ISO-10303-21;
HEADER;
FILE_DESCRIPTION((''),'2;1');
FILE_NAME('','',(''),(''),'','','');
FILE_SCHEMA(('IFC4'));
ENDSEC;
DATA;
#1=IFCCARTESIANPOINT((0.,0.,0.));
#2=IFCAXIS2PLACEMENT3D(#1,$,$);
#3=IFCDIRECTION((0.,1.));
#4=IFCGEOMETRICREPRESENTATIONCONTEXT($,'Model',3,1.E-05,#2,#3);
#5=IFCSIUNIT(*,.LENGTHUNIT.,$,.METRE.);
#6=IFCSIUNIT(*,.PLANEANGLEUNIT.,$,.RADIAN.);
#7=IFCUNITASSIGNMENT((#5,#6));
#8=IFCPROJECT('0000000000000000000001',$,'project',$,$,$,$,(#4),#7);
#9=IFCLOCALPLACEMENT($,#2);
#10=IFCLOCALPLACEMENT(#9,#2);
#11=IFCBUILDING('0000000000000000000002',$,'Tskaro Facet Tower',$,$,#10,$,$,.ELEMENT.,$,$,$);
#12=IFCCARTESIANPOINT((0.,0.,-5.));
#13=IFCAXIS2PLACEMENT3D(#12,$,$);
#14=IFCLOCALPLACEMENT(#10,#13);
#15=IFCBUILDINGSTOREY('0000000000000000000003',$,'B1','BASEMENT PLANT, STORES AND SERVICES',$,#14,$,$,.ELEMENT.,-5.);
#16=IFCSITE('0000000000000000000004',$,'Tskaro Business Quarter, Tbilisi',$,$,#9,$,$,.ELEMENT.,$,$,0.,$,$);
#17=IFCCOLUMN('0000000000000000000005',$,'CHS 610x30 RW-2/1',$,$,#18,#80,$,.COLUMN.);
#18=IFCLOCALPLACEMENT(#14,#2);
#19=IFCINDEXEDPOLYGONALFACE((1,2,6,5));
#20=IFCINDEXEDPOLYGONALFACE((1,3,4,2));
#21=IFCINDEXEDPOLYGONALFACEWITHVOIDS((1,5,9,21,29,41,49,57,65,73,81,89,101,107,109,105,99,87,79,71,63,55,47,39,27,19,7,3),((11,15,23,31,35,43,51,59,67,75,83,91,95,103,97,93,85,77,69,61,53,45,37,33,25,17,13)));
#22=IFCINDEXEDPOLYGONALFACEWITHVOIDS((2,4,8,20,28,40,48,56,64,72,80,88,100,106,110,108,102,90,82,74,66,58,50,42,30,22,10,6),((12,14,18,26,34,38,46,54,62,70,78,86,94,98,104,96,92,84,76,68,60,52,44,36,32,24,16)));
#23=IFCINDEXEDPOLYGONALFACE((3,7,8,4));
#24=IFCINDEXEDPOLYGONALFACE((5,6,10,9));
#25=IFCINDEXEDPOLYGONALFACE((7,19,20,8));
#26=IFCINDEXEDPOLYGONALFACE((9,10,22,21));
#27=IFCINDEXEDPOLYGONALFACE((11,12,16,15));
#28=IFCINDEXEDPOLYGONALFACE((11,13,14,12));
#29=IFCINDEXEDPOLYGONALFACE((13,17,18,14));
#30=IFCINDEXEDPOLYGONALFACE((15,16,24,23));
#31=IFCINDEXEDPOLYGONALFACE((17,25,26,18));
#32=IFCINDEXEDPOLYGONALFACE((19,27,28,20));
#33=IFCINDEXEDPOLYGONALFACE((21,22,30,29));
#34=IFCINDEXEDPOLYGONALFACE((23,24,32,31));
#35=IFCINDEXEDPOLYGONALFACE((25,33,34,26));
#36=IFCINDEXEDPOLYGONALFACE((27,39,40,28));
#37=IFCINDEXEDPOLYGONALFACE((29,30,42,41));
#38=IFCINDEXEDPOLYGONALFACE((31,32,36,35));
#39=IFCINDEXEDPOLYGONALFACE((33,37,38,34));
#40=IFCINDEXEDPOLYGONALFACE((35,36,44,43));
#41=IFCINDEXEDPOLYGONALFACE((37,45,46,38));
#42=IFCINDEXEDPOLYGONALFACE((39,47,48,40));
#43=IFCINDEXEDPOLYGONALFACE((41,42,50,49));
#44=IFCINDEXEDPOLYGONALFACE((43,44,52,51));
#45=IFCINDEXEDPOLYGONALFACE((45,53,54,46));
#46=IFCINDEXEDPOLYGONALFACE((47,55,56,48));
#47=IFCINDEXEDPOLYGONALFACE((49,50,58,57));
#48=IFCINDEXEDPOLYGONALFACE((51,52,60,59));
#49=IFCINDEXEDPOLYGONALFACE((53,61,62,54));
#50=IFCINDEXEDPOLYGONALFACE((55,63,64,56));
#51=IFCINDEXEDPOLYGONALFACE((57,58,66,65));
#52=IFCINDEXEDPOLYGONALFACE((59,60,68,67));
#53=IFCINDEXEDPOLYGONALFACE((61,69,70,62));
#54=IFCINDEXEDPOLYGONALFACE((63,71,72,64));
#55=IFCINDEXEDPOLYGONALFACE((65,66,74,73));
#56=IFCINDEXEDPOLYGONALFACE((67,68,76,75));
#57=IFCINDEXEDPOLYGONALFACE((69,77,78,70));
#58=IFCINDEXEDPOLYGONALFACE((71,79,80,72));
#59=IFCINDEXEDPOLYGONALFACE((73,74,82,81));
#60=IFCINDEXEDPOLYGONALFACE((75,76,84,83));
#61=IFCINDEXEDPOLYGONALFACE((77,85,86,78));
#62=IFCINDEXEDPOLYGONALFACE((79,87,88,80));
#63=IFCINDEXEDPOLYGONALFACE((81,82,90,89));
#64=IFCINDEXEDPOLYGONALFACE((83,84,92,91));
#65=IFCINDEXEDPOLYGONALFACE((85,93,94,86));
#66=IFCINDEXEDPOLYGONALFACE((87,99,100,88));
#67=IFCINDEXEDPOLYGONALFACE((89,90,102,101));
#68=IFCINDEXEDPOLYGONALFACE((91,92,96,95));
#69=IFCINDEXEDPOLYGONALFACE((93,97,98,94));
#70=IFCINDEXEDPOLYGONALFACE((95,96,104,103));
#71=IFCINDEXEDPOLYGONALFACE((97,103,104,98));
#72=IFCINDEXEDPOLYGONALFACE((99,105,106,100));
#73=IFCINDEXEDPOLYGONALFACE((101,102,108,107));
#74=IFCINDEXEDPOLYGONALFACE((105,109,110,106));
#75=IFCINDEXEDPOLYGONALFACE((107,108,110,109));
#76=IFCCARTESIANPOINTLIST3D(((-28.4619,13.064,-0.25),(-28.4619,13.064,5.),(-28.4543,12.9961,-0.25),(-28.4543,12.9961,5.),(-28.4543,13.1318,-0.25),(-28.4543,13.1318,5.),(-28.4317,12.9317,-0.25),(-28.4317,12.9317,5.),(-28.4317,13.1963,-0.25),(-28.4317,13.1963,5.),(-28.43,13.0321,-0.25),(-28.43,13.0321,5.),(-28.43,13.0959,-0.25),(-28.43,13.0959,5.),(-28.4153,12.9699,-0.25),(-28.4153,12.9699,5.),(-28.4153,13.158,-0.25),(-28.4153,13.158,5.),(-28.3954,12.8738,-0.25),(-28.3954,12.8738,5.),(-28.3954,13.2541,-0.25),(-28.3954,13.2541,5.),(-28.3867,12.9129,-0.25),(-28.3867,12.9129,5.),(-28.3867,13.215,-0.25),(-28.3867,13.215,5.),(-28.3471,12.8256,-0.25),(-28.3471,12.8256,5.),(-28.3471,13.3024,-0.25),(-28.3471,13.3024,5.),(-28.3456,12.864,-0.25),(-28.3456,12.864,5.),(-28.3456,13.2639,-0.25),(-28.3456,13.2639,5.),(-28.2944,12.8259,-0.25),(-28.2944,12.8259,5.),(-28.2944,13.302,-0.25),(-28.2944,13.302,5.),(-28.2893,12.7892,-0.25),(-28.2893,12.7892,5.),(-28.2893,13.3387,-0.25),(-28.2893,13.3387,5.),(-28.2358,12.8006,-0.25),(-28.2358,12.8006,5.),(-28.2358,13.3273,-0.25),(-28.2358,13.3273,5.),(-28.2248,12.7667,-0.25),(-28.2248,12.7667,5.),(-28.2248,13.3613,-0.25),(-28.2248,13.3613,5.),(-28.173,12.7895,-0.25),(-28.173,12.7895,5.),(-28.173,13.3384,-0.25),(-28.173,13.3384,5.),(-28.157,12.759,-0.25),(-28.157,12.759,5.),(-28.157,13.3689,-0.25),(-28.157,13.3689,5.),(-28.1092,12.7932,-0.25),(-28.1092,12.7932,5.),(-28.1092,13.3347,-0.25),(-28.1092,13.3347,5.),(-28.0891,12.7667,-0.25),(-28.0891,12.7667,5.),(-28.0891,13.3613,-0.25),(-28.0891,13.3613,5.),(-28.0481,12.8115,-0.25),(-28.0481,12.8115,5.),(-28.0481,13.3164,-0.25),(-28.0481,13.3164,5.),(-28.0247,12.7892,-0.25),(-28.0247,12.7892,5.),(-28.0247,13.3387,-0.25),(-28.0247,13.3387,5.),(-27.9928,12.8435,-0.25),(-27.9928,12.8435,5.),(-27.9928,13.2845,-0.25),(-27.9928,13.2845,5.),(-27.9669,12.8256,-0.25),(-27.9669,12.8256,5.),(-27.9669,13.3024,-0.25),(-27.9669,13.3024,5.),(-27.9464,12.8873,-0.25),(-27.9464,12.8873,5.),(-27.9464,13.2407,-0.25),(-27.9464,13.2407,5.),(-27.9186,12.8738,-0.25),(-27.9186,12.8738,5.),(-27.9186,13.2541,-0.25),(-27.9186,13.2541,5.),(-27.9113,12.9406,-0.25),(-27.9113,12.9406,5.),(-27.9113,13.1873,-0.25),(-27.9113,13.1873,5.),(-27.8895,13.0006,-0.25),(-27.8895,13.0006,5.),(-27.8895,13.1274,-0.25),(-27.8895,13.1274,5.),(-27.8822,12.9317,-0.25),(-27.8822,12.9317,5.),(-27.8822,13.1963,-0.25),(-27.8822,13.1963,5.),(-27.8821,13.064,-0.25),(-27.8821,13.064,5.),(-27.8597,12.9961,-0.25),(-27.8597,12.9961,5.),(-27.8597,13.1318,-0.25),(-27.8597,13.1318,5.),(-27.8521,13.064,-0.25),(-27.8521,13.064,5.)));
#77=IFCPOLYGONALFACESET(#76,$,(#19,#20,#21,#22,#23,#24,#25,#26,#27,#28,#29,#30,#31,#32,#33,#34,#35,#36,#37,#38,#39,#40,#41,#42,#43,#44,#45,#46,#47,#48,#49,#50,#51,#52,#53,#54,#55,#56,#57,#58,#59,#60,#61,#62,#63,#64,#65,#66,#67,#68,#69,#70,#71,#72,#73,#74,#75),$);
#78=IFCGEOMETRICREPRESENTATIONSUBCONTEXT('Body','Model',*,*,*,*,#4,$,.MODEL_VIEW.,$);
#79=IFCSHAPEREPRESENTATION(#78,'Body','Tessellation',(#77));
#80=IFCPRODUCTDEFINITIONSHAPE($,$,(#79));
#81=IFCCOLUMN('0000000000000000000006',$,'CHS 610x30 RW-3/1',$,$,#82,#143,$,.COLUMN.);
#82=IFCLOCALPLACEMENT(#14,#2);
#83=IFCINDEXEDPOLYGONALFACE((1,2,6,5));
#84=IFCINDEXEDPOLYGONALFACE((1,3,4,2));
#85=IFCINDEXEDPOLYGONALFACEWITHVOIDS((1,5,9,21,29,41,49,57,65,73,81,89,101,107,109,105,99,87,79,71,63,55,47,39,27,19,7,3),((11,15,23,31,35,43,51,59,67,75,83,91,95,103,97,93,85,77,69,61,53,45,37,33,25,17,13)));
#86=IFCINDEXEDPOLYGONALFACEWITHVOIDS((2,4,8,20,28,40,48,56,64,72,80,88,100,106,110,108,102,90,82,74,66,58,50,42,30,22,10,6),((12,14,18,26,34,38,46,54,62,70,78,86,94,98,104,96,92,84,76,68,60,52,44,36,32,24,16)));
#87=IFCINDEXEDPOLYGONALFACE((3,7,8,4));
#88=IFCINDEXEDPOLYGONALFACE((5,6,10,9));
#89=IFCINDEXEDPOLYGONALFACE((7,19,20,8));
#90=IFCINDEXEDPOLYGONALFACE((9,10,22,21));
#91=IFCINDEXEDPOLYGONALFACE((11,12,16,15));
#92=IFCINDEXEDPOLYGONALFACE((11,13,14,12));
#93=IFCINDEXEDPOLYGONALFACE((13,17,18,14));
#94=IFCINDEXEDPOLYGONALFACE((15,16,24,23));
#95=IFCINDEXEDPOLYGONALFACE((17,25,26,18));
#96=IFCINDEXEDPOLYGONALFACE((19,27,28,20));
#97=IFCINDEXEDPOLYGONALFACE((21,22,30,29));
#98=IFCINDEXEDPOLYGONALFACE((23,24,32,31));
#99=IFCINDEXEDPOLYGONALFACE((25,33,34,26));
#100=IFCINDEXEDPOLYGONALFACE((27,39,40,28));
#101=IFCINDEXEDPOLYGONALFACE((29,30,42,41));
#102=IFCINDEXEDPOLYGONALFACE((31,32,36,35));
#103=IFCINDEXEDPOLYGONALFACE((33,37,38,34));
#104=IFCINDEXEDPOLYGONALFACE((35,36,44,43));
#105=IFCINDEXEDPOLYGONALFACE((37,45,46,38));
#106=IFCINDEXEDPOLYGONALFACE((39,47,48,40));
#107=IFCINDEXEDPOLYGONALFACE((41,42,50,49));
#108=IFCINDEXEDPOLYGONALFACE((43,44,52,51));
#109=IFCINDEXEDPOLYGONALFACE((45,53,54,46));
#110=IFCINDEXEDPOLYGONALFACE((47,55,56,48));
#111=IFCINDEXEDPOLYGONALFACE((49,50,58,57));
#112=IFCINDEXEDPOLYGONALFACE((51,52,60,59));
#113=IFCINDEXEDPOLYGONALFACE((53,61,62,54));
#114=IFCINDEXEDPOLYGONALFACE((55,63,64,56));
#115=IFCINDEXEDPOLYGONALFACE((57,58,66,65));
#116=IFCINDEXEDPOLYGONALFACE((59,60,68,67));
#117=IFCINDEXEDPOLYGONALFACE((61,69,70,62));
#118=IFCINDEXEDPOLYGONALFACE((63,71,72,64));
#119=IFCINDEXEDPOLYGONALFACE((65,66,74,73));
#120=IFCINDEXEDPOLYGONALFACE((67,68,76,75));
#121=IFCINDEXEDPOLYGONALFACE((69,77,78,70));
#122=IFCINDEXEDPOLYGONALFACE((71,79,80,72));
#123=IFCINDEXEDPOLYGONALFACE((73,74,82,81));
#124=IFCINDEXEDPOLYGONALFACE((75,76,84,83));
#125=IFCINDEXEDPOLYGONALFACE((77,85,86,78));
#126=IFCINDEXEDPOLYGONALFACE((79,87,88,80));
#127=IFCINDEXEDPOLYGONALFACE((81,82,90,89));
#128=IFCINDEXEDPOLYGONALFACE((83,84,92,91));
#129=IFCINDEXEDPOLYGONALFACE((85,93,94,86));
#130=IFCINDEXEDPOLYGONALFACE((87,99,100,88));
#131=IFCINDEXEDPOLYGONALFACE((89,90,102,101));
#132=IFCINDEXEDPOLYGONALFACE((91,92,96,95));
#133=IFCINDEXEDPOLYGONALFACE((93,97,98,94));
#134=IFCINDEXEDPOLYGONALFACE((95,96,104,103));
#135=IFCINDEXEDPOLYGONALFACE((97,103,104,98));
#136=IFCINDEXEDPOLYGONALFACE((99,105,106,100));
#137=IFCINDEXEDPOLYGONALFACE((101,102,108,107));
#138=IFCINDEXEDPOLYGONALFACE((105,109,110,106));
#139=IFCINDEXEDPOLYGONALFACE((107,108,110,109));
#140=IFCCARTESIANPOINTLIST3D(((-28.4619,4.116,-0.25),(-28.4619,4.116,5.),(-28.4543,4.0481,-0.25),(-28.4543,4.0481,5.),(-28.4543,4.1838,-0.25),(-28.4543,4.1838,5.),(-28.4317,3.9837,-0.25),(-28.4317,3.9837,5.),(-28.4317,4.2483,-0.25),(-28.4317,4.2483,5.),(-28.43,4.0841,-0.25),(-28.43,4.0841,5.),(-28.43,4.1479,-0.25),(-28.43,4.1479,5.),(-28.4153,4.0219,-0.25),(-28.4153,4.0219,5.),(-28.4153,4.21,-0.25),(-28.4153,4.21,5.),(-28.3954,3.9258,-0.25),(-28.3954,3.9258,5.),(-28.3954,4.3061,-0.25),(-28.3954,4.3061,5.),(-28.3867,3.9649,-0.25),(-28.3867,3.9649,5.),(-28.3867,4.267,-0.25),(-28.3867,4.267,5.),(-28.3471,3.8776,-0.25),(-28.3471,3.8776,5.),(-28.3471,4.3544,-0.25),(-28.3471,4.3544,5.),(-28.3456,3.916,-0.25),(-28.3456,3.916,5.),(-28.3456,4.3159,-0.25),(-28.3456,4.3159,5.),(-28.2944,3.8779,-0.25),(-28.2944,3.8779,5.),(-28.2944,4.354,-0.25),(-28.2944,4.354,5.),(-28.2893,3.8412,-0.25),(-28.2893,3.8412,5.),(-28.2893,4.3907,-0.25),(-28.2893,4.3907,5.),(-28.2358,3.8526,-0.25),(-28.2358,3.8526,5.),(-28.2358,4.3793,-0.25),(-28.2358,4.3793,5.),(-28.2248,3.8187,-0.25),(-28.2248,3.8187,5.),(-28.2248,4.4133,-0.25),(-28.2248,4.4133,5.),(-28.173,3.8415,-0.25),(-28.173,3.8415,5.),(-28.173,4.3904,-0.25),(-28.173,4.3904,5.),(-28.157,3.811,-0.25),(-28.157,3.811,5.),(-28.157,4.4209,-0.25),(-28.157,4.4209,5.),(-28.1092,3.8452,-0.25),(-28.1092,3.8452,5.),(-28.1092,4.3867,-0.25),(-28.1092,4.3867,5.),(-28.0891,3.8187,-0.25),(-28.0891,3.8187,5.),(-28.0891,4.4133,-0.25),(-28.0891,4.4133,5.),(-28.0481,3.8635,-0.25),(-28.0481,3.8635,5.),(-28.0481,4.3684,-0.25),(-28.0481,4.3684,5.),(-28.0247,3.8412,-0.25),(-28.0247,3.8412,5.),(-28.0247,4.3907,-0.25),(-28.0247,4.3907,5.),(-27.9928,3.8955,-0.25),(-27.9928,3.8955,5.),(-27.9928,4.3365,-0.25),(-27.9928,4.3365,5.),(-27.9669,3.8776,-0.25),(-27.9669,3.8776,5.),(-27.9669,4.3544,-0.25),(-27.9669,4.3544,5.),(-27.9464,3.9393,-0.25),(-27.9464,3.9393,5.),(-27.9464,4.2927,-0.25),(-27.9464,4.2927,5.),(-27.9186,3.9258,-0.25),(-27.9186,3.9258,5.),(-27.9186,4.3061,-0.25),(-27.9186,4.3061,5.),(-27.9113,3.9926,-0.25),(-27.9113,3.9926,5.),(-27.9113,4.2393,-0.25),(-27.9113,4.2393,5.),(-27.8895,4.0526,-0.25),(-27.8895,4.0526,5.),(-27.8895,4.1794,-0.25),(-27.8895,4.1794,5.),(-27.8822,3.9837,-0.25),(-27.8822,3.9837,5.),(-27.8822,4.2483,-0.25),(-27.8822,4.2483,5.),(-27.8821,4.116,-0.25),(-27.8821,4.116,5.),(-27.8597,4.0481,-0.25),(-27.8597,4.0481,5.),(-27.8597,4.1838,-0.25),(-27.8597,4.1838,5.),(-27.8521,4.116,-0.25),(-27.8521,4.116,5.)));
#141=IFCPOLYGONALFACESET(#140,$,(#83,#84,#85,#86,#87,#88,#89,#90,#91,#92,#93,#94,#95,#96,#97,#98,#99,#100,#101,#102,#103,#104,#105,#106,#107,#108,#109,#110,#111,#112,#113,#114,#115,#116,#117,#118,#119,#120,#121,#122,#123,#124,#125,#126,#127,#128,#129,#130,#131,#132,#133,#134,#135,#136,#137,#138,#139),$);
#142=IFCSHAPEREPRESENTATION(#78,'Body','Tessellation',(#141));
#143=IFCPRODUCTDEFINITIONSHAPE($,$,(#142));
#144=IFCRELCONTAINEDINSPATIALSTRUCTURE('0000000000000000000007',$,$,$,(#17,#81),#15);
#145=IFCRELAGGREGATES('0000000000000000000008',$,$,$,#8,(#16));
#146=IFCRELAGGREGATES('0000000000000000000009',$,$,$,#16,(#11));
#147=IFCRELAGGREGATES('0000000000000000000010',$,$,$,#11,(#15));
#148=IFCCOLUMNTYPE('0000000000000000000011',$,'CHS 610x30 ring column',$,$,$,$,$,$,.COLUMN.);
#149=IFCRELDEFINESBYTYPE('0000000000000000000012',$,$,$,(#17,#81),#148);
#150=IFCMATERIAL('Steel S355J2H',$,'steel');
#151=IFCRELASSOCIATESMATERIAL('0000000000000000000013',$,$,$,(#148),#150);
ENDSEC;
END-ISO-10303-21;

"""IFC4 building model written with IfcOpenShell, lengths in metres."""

from ifc_helpers import new_model, si_unit, direction, frame, origin, origin_2d, place, context, subcontext, project, spatial, hollow_circle, extrude, material, material_profile, profile_set, type_object, element, save


model = new_model("IFC4")

# Units and contexts
model_context = context("Model", 3, precision=1e-05, world=origin(), true_north=direction((0.0, 1.0)))
body_context = subcontext(model_context, "Body", "Model", "MODEL_VIEW")
ifc_project = project(units=[si_unit("LENGTHUNIT", "METRE"), si_unit("PLANEANGLEUNIT", "RADIAN")], contexts=[model_context])

# Site, building, storey
site_placement = place(None, origin())
site = spatial("IfcSite", under=ifc_project, at=site_placement, Name="Tskaro Business Quarter, Tbilisi", CompositionType="ELEMENT", RefElevation=0.0)
building_placement = place(site_placement, origin())
building = spatial("IfcBuilding", under=site, at=building_placement, Name="Tskaro Facet Tower", CompositionType="ELEMENT")
storey_placement = place(building_placement, frame((0.0, 0.0, -5.0)))
storey = spatial("IfcBuildingStorey", under=building, at=storey_placement, Name="B1", Description="BASEMENT PLANT, STORES AND SERVICES", CompositionType="ELEMENT", Elevation=-5.0)

# Columns
ifc_material_1 = material(Name="Steel S355J2H", Category="steel")
ifc_material_profile_1 = material_profile(ifc_material_1, hollow_circle(Radius=0.3049, WallThickness=0.03, at=origin_2d()), Name="CHS 610x30")
ifc_profile_set_1 = profile_set([ifc_material_profile_1], Name="Steel S355J2H")
column_type_1 = type_object("IfcColumnType", Name="CHS 610x30 ring column", PredefinedType="COLUMN", material=ifc_profile_set_1)
for number, where, z_axis, x_axis, name in (
    (1, (-28.157, 13.064, -0.25), (0.0, 0.0, 1.0), (1.0, 0.0, 0.0), "CHS 610x30 RW-2/1"),
    (2, (-28.157, 4.116, -0.25), (0.0, 0.0, 1.0), (1.0, 0.0, 0.0), "CHS 610x30 RW-3/1"),
):
    element("IfcColumn", number, at=place(storey_placement, frame(where, z_axis=z_axis, x_axis=x_axis)), inside=storey, type_object=column_type_1, Name=name, PredefinedType="COLUMN", context=body_context, shape_type="SweptSolid", body=[
        extrude(hollow_circle(Radius=0.3049, WallThickness=0.03, at=origin_2d()), origin(), (0.0, 0.0, 1.0), 5.25),
    ])

save(model, "model.ifc")
